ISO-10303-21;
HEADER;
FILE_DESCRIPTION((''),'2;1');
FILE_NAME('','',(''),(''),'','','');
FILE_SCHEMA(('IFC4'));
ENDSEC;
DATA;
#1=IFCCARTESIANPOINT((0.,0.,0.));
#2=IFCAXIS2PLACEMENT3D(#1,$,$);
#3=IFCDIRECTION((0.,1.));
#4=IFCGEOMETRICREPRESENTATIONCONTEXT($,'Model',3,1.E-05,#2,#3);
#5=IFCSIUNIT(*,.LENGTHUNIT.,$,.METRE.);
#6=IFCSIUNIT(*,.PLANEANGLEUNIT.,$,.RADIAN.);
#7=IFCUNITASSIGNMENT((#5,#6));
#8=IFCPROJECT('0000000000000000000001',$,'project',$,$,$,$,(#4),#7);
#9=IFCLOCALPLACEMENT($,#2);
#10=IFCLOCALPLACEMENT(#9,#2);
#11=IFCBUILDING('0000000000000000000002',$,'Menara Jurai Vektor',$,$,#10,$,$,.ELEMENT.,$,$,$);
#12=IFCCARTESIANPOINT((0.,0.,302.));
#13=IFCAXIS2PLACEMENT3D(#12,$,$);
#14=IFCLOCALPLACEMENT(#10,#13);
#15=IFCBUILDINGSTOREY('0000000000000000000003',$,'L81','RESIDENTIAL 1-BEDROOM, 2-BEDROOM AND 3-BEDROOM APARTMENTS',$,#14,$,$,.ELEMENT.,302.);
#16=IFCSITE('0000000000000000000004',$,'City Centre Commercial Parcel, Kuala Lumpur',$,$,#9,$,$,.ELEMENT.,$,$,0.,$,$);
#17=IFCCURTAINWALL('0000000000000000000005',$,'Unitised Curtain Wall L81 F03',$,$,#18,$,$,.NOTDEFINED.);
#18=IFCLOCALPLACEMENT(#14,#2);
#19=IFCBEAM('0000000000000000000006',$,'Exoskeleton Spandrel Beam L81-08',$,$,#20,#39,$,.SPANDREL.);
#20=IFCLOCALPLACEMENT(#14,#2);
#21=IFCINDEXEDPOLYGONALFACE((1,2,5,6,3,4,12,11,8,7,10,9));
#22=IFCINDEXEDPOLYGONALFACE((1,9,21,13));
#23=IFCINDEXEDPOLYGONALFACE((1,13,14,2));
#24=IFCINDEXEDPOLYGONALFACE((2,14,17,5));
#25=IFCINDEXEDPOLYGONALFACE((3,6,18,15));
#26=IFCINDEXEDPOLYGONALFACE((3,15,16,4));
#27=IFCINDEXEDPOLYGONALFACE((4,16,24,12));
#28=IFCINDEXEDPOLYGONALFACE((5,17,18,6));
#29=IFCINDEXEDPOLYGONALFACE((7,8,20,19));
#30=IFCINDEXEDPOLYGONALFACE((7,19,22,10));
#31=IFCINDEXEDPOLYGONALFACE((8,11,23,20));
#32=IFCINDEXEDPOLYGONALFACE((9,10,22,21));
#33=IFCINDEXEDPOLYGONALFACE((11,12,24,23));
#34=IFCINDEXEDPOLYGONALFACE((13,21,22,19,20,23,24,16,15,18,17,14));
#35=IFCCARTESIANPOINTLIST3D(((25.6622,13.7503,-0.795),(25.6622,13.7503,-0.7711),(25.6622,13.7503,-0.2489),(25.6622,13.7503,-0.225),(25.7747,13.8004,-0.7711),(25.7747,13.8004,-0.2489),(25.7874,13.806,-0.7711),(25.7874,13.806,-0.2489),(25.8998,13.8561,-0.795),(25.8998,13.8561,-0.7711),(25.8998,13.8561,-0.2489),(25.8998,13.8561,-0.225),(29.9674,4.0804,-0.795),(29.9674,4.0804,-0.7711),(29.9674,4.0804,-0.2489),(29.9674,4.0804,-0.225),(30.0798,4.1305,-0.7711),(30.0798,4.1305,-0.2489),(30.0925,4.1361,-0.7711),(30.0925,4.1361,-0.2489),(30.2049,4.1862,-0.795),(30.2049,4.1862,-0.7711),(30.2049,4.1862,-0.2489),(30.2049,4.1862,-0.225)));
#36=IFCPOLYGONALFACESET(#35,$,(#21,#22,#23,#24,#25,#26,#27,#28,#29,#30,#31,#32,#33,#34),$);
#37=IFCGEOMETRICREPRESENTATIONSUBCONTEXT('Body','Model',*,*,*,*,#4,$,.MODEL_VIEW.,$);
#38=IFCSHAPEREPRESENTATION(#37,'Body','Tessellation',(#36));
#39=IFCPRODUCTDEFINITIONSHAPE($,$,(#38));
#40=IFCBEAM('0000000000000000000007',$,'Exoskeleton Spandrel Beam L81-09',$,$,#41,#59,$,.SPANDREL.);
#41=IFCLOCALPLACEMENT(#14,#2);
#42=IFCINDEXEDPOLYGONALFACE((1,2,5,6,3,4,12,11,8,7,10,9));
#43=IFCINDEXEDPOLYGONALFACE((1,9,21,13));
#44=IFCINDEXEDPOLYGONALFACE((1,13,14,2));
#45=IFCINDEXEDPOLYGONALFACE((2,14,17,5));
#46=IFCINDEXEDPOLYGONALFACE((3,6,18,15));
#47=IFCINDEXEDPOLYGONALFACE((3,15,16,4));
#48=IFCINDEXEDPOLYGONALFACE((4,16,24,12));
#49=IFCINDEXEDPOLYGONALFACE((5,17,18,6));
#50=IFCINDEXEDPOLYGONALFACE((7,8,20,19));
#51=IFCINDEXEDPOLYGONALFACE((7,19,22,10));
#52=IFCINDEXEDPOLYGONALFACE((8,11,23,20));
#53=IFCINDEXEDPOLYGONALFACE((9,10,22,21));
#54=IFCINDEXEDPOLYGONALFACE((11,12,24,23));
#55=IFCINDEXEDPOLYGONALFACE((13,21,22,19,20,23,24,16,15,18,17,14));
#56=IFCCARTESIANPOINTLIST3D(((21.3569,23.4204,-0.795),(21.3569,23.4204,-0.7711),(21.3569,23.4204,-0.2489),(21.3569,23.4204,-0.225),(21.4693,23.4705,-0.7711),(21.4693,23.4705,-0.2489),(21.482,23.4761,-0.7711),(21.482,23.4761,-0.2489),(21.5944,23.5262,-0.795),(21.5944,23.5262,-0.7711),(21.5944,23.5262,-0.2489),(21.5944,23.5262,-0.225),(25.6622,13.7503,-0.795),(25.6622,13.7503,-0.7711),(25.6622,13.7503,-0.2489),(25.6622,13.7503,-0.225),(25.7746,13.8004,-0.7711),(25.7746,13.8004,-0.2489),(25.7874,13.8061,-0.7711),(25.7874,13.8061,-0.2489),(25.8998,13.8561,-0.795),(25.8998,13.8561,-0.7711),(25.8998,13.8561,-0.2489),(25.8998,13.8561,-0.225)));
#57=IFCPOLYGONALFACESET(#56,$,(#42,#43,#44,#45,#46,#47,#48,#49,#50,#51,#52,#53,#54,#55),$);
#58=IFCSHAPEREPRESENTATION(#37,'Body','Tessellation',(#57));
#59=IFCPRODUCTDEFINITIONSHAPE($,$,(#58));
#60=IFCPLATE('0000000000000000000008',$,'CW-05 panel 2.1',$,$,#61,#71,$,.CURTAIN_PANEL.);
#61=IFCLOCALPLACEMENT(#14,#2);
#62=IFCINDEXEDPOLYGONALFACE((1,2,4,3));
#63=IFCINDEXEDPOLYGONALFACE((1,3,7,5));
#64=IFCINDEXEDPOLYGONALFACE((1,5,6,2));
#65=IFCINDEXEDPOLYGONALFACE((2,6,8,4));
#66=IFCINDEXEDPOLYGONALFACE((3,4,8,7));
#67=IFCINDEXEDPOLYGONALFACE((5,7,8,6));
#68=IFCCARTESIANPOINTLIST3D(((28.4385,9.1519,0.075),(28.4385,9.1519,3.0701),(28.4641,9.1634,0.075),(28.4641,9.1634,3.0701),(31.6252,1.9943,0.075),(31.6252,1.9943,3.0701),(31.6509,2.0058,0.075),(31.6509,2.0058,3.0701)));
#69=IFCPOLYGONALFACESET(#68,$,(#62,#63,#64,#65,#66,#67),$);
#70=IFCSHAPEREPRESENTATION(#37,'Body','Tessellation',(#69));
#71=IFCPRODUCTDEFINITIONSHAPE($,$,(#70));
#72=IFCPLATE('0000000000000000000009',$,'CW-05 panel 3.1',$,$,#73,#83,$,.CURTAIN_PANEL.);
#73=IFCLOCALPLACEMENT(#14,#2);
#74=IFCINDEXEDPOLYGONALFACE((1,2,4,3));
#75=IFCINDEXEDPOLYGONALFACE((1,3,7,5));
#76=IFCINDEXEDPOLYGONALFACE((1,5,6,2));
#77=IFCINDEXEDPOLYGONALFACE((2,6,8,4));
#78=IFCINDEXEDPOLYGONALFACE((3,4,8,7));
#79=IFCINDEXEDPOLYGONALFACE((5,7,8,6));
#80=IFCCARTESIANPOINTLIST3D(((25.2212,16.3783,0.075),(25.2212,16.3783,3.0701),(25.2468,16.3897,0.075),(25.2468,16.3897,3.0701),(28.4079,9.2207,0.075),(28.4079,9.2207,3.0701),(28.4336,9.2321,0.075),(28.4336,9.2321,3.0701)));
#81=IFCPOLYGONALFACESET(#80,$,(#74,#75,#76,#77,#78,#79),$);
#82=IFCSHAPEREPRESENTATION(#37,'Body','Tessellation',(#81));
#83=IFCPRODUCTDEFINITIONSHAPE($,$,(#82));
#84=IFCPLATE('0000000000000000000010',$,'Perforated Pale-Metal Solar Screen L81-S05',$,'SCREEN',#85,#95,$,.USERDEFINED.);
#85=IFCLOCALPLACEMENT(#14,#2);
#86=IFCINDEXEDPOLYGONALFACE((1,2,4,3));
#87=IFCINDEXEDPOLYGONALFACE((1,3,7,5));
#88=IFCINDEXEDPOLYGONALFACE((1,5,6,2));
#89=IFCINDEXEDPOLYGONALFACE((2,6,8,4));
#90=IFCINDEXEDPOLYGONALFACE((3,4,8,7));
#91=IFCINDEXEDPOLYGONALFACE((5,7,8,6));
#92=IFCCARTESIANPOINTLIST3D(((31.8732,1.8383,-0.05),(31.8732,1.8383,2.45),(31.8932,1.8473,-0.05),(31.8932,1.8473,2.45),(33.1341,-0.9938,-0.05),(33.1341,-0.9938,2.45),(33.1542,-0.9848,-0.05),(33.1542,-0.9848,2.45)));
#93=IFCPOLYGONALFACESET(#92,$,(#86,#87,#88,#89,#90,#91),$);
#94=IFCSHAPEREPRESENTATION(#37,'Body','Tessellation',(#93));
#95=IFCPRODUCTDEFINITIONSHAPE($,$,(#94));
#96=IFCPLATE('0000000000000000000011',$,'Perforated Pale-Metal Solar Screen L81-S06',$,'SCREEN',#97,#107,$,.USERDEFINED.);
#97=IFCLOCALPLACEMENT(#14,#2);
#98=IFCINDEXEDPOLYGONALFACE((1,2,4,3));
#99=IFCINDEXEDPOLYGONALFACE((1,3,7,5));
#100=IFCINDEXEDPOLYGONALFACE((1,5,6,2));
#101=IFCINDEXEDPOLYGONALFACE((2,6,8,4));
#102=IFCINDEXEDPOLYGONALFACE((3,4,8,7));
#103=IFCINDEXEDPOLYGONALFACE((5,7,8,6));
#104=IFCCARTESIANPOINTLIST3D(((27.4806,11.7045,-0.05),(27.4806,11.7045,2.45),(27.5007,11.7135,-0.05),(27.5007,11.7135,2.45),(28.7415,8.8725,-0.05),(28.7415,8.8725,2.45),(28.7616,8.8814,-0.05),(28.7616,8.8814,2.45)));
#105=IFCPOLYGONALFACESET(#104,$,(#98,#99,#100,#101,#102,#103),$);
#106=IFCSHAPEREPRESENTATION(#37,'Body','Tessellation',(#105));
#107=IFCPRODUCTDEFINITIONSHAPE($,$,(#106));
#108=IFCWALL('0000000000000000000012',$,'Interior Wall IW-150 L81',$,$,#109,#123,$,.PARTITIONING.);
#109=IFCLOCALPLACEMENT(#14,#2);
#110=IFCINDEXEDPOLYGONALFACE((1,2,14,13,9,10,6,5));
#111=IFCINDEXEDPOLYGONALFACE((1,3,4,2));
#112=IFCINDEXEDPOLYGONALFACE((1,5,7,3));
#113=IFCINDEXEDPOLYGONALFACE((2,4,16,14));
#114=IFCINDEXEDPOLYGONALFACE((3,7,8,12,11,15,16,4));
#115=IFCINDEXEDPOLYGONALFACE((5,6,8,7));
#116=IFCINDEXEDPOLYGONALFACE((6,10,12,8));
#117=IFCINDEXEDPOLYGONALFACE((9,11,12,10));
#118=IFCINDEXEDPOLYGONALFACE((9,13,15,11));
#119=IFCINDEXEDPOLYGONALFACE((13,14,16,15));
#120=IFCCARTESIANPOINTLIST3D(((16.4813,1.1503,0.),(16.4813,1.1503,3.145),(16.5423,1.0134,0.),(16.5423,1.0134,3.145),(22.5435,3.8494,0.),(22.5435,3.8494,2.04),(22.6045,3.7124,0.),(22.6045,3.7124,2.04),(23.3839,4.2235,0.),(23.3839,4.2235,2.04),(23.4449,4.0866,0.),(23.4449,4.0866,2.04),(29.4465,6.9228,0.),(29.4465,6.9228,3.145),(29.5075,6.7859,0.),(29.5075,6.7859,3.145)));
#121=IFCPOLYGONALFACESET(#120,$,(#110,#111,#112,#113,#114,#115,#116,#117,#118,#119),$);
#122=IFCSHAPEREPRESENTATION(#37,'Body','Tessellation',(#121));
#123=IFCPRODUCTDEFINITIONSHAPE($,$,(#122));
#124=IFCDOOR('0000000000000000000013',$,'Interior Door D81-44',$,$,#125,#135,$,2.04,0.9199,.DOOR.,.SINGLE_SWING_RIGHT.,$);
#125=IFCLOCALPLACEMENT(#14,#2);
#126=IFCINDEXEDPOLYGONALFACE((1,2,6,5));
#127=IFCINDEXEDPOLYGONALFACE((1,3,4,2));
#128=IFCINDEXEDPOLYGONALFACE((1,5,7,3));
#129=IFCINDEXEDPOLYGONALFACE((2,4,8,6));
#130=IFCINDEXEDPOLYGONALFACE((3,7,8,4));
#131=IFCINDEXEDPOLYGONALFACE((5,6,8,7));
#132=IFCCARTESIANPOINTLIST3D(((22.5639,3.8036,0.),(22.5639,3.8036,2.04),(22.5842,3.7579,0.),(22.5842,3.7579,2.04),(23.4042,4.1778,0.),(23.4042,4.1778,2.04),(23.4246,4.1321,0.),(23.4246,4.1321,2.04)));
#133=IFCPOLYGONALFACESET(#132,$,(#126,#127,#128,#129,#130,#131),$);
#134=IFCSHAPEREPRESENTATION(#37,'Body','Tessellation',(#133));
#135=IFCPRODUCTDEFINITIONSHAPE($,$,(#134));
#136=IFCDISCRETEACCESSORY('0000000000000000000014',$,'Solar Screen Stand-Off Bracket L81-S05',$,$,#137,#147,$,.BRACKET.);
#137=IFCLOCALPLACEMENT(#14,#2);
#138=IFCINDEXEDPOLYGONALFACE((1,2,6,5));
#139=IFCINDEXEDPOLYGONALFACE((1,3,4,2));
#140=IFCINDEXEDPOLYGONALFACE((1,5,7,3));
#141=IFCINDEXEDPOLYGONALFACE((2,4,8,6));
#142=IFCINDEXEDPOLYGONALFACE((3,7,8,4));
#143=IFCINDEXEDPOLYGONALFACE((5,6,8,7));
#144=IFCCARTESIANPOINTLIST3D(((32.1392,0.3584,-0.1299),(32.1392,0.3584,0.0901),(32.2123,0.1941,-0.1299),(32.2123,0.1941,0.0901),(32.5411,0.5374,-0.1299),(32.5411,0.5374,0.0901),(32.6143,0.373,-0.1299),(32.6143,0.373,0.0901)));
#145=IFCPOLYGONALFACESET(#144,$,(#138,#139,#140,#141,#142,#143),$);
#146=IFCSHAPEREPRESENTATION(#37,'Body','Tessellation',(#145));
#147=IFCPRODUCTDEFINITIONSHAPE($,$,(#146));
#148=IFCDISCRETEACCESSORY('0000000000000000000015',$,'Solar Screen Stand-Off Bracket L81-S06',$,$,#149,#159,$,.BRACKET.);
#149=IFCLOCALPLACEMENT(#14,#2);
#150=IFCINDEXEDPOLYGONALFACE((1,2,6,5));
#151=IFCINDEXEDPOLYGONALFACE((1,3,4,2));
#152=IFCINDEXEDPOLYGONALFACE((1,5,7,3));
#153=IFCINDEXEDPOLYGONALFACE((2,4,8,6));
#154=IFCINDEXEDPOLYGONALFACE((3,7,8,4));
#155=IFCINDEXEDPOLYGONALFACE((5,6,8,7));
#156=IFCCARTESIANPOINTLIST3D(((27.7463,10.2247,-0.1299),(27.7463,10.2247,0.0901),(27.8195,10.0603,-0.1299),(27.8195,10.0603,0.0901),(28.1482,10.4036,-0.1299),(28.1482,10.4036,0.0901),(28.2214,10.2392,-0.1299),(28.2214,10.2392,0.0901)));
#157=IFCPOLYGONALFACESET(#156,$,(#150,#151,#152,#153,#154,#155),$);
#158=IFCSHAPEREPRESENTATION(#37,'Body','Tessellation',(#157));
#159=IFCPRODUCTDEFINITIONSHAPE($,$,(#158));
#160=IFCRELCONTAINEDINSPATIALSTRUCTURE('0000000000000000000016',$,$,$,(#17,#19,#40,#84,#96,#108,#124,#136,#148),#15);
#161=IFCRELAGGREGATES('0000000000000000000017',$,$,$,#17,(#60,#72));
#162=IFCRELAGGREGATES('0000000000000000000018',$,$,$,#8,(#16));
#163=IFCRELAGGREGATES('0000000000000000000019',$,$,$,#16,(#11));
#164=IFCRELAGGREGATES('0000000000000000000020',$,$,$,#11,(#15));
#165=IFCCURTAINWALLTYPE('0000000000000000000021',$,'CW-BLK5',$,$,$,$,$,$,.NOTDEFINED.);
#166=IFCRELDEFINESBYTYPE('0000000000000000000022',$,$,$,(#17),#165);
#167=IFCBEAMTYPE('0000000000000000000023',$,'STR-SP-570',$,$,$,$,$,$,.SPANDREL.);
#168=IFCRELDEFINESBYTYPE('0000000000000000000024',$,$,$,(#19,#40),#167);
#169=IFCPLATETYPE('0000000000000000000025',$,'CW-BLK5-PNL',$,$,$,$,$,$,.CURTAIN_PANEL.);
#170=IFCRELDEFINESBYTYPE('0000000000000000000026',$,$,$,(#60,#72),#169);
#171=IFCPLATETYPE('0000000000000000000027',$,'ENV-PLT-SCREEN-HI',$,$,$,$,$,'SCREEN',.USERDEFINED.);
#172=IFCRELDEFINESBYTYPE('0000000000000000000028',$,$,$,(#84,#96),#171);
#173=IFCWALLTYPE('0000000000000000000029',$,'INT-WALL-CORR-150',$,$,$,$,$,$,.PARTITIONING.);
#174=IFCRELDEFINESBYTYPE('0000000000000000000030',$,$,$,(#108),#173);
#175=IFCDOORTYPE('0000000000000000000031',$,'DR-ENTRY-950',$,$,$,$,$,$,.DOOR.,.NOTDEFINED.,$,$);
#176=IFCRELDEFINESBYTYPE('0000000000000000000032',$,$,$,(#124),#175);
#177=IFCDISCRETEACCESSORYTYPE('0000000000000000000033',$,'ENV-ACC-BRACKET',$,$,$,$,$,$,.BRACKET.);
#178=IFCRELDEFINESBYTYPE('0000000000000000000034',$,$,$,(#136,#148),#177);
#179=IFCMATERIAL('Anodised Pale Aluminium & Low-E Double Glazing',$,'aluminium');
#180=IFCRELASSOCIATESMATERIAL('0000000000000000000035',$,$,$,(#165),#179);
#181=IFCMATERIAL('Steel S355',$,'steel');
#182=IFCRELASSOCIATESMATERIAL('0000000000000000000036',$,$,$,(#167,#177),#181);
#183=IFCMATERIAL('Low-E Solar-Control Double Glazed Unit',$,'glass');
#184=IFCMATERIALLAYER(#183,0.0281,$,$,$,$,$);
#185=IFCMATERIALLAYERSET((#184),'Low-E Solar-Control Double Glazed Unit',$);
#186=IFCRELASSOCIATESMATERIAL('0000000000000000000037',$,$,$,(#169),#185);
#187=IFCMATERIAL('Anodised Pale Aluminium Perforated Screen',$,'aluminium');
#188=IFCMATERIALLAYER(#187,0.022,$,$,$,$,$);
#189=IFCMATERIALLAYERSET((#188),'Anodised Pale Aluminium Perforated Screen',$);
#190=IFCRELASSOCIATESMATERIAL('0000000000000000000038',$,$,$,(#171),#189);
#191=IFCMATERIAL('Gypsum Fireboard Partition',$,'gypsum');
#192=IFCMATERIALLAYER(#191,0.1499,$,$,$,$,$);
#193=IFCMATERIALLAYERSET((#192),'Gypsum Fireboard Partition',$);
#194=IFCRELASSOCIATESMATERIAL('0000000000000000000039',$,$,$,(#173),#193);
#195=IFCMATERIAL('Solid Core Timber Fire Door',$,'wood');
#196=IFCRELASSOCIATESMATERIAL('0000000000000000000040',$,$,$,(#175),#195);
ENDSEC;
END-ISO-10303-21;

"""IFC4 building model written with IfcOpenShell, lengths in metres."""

from ifc_helpers import new_model, si_unit, direction, frame, frame_2d, origin, origin_2d, place, context, subcontext, project, spatial, rectangle, i_section, extrude, material, layer, layer_set, material_profile, profile_set, type_object, element, fill, aggregate, save


model = new_model("IFC4")

# Units and contexts
model_context = context("Model", 3, precision=1e-05, world=origin(), true_north=direction((0.0, 1.0)))
body_context = subcontext(model_context, "Body", "Model", "MODEL_VIEW")
ifc_project = project(units=[si_unit("LENGTHUNIT", "METRE"), si_unit("PLANEANGLEUNIT", "RADIAN")], contexts=[model_context])

# Site, building, storey
site_placement = place(None, origin())
site = spatial("IfcSite", under=ifc_project, at=site_placement, Name="City Centre Commercial Parcel, Kuala Lumpur", CompositionType="ELEMENT", RefElevation=0.0)
building_placement = place(site_placement, origin())
building = spatial("IfcBuilding", under=site, at=building_placement, Name="Menara Jurai Vektor", CompositionType="ELEMENT")
storey_placement = place(building_placement, frame((0.0, 0.0, 302.0)))
storey = spatial("IfcBuildingStorey", under=building, at=storey_placement, Name="L81", Description="RESIDENTIAL 1-BEDROOM, 2-BEDROOM AND 3-BEDROOM APARTMENTS", CompositionType="ELEMENT", Elevation=302.0)

# Curtain wall
ifc_material_1 = material(Name="Anodised Pale Aluminium & Low-E Double Glazing", Category="aluminium")
curtain_wall_type = type_object("IfcCurtainWallType", Name="CW-BLK5", PredefinedType="NOTDEFINED", material=ifc_material_1)
curtain_wall_placement = place(storey_placement, origin())
curtain_wall = element("IfcCurtainWall", 1, at=curtain_wall_placement, inside=storey, type_object=curtain_wall_type, Name="Unitised Curtain Wall L81 F03", PredefinedType="NOTDEFINED")

# Beams
ifc_material_2 = material(Name="Steel S355", Category="steel")
ifc_material_profile_1 = material_profile(ifc_material_2, i_section(OverallWidth=0.26, OverallDepth=0.5701, WebThickness=0.0139, FlangeThickness=0.0239, at=origin_2d()), Name="PG 570x260x145")
ifc_profile_set_1 = profile_set([ifc_material_profile_1], Name="Steel S355")
beam_type_1 = type_object("IfcBeamType", Name="STR-SP-570", PredefinedType="SPANDREL", material=ifc_profile_set_1)
beam_1_placement = place(storey_placement, frame((30.0862, 4.1333, -0.51), z_axis=(-0.406725, 0.913551, 0.0), x_axis=(-0.913551, -0.406725, 0.0)))
element("IfcBeam", 2, at=beam_1_placement, inside=storey, type_object=beam_type_1, Name="Exoskeleton Spandrel Beam L81-08", PredefinedType="SPANDREL", context=body_context, shape_type="SweptSolid", body=[
    extrude(i_section(OverallWidth=0.26, OverallDepth=0.5701, WebThickness=0.0139, FlangeThickness=0.0239, at=origin_2d()), origin(), (0.0, 0.0, 1.0), 10.585),
])
beam_2_placement = place(storey_placement, frame((25.781, 13.8032, -0.51), z_axis=(-0.406735, 0.913546, 0.0), x_axis=(-0.913546, -0.406735, 0.0)))
element("IfcBeam", 3, at=beam_2_placement, inside=storey, type_object=beam_type_1, Name="Exoskeleton Spandrel Beam L81-09", PredefinedType="SPANDREL", context=body_context, shape_type="SweptSolid", body=[
    extrude(i_section(OverallWidth=0.26, OverallDepth=0.5701, WebThickness=0.0139, FlangeThickness=0.0239, at=origin_2d()), origin(), (0.0, 0.0, 1.0), 10.5852),
])

# Plates
ifc_material_3 = material(Name="Low-E Solar-Control Double Glazed Unit", Category="glass")
ifc_layer_1 = layer(ifc_material_3, 0.0281)
ifc_layer_set_1 = layer_set([ifc_layer_1], Name="Low-E Solar-Control Double Glazed Unit")
plate_type_1 = type_object("IfcPlateType", Name="CW-BLK5-PNL", PredefinedType="CURTAIN_PANEL", material=ifc_layer_set_1)
plate_1_placement = place(storey_placement, frame((30.0447, 5.5789, 0.075), z_axis=(0.0, 0.0, 1.0), x_axis=(-0.406735, 0.913546, 0.0)))
plate_1 = element("IfcPlate", 4, at=plate_1_placement, type_object=plate_type_1, Name="CW-05 panel 2.1", PredefinedType="CURTAIN_PANEL", context=body_context, shape_type="SweptSolid", body=[
    extrude(rectangle(XDim=7.835, YDim=0.0281, at=origin_2d()), origin(), (0.0, 0.0, 1.0), 2.9951),
])
plate_2_placement = place(storey_placement, frame((26.8274, 12.8052, 0.075), z_axis=(0.0, 0.0, 1.0), x_axis=(-0.406735, 0.913546, 0.0)))
plate_2 = element("IfcPlate", 5, at=plate_2_placement, type_object=plate_type_1, Name="CW-05 panel 3.1", PredefinedType="CURTAIN_PANEL", context=body_context, shape_type="SweptSolid", body=[
    extrude(rectangle(XDim=7.835, YDim=0.0281, at=origin_2d()), origin(), (0.0, 0.0, 1.0), 2.9951),
])
aggregate(curtain_wall, [plate_1, plate_2])

# Plates
ifc_material_4 = material(Name="Anodised Pale Aluminium Perforated Screen", Category="aluminium")
ifc_layer_2 = layer(ifc_material_4, 0.022)
ifc_layer_set_2 = layer_set([ifc_layer_2], Name="Anodised Pale Aluminium Perforated Screen")
plate_type_2 = type_object("IfcPlateType", Name="ENV-PLT-SCREEN-HI", ElementType="SCREEN", PredefinedType="USERDEFINED", material=ifc_layer_set_2)
for number, where, z_axis, x_axis, name in (
    (6, (32.5137, 0.4268, -0.05), (0.0, 0.0, 1.0), (-0.406737, 0.913545, 0.0), "Perforated Pale-Metal Solar Screen L81-S05"),
    (7, (28.1211, 10.293, -0.05), (0.0, 0.0, 1.0), (-0.406737, 0.913545, 0.0), "Perforated Pale-Metal Solar Screen L81-S06"),
):
    element("IfcPlate", number, at=place(storey_placement, frame(where, z_axis=z_axis, x_axis=x_axis)), inside=storey, type_object=plate_type_2, Name=name, ObjectType="SCREEN", PredefinedType="USERDEFINED", context=body_context, shape_type="SweptSolid", body=[
        extrude(rectangle(XDim=3.1001, YDim=0.022, at=origin_2d()), origin(), (0.0, 0.0, 1.0), 2.5),
    ])

# Wall, opening, door
ifc_material_5 = material(Name="Gypsum Fireboard Partition", Category="gypsum")
ifc_layer_3 = layer(ifc_material_5, 0.1499)
ifc_layer_set_3 = layer_set([ifc_layer_3], Name="Gypsum Fireboard Partition")
wall_type = type_object("IfcWallType", Name="INT-WALL-CORR-150", PredefinedType="PARTITIONING", material=ifc_layer_set_3)
wall_placement = place(storey_placement, frame((16.5117, 1.0818, 0.0), z_axis=(0.0, 0.0, 1.0), x_axis=(0.913545, 0.406739, 0.0)))
wall = element("IfcWall", 8, at=wall_placement, inside=storey, type_object=wall_type, Name="Interior Wall IW-150 L81", PredefinedType="PARTITIONING", context=body_context, shape_type="SweptSolid", body=[
    extrude(rectangle(XDim=14.1921, YDim=0.1499, at=frame_2d((7.0962, 0.0))), origin(), (0.0, 0.0, 1.0), 3.145),
])
opening_placement = place(wall_placement, frame((6.636, 0.0, 0.0)))
opening = element("IfcOpeningElement", 9, at=opening_placement, cuts=wall, PredefinedType="OPENING", context=body_context, shape_type="SweptSolid", body=[
    extrude(rectangle(XDim=0.9199, YDim=2.04, at=frame_2d((0.46, 1.02))), frame((0.0, 0.085, 0.0), z_axis=(0.0, -1.0, 0.0), x_axis=(1.0, 0.0, 0.0)), (0.0, 0.0, 1.0), 0.1699),
])
ifc_material_6 = material(Name="Solid Core Timber Fire Door", Category="wood")
door_type = type_object("IfcDoorType", Name="DR-ENTRY-950", OperationType="NOTDEFINED", PredefinedType="DOOR", material=ifc_material_6)
door_placement = place(opening_placement, origin())
door = element("IfcDoor", 10, at=door_placement, inside=storey, type_object=door_type, Name="Interior Door D81-44", OperationType="SINGLE_SWING_RIGHT", OverallHeight=2.04, OverallWidth=0.9199, PredefinedType="DOOR", context=body_context, shape_type="SweptSolid", body=[
    extrude(rectangle(XDim=0.9199, YDim=2.04, at=frame_2d((0.46, 1.02))), frame((0.0, 0.0249, 0.0), z_axis=(0.0, -1.0, 0.0), x_axis=(1.0, 0.0, 0.0)), (0.0, 0.0, 1.0), 0.05),
])
fill(opening, door)

# Discrete accessories
discrete_accessory_type = type_object("IfcDiscreteAccessoryType", Name="ENV-ACC-BRACKET", PredefinedType="BRACKET", material=ifc_material_2)
for number, where, z_axis, x_axis, name in (
    (11, (32.3767, 0.3657, -0.1299), (0.0, 0.0, 1.0), (-0.406737, 0.913545, 0.0), "Solar Screen Stand-Off Bracket L81-S05"),
    (12, (27.9839, 10.2319, -0.1299), (0.0, 0.0, 1.0), (-0.406737, 0.913545, 0.0), "Solar Screen Stand-Off Bracket L81-S06"),
):
    element("IfcDiscreteAccessory", number, at=place(storey_placement, frame(where, z_axis=z_axis, x_axis=x_axis)), inside=storey, type_object=discrete_accessory_type, Name=name, PredefinedType="BRACKET", context=body_context, shape_type="SweptSolid", body=[
        extrude(rectangle(XDim=0.1799, YDim=0.4399, at=origin_2d()), origin(), (0.0, 0.0, 1.0), 0.22),
    ])

save(model, "model.ifc")
